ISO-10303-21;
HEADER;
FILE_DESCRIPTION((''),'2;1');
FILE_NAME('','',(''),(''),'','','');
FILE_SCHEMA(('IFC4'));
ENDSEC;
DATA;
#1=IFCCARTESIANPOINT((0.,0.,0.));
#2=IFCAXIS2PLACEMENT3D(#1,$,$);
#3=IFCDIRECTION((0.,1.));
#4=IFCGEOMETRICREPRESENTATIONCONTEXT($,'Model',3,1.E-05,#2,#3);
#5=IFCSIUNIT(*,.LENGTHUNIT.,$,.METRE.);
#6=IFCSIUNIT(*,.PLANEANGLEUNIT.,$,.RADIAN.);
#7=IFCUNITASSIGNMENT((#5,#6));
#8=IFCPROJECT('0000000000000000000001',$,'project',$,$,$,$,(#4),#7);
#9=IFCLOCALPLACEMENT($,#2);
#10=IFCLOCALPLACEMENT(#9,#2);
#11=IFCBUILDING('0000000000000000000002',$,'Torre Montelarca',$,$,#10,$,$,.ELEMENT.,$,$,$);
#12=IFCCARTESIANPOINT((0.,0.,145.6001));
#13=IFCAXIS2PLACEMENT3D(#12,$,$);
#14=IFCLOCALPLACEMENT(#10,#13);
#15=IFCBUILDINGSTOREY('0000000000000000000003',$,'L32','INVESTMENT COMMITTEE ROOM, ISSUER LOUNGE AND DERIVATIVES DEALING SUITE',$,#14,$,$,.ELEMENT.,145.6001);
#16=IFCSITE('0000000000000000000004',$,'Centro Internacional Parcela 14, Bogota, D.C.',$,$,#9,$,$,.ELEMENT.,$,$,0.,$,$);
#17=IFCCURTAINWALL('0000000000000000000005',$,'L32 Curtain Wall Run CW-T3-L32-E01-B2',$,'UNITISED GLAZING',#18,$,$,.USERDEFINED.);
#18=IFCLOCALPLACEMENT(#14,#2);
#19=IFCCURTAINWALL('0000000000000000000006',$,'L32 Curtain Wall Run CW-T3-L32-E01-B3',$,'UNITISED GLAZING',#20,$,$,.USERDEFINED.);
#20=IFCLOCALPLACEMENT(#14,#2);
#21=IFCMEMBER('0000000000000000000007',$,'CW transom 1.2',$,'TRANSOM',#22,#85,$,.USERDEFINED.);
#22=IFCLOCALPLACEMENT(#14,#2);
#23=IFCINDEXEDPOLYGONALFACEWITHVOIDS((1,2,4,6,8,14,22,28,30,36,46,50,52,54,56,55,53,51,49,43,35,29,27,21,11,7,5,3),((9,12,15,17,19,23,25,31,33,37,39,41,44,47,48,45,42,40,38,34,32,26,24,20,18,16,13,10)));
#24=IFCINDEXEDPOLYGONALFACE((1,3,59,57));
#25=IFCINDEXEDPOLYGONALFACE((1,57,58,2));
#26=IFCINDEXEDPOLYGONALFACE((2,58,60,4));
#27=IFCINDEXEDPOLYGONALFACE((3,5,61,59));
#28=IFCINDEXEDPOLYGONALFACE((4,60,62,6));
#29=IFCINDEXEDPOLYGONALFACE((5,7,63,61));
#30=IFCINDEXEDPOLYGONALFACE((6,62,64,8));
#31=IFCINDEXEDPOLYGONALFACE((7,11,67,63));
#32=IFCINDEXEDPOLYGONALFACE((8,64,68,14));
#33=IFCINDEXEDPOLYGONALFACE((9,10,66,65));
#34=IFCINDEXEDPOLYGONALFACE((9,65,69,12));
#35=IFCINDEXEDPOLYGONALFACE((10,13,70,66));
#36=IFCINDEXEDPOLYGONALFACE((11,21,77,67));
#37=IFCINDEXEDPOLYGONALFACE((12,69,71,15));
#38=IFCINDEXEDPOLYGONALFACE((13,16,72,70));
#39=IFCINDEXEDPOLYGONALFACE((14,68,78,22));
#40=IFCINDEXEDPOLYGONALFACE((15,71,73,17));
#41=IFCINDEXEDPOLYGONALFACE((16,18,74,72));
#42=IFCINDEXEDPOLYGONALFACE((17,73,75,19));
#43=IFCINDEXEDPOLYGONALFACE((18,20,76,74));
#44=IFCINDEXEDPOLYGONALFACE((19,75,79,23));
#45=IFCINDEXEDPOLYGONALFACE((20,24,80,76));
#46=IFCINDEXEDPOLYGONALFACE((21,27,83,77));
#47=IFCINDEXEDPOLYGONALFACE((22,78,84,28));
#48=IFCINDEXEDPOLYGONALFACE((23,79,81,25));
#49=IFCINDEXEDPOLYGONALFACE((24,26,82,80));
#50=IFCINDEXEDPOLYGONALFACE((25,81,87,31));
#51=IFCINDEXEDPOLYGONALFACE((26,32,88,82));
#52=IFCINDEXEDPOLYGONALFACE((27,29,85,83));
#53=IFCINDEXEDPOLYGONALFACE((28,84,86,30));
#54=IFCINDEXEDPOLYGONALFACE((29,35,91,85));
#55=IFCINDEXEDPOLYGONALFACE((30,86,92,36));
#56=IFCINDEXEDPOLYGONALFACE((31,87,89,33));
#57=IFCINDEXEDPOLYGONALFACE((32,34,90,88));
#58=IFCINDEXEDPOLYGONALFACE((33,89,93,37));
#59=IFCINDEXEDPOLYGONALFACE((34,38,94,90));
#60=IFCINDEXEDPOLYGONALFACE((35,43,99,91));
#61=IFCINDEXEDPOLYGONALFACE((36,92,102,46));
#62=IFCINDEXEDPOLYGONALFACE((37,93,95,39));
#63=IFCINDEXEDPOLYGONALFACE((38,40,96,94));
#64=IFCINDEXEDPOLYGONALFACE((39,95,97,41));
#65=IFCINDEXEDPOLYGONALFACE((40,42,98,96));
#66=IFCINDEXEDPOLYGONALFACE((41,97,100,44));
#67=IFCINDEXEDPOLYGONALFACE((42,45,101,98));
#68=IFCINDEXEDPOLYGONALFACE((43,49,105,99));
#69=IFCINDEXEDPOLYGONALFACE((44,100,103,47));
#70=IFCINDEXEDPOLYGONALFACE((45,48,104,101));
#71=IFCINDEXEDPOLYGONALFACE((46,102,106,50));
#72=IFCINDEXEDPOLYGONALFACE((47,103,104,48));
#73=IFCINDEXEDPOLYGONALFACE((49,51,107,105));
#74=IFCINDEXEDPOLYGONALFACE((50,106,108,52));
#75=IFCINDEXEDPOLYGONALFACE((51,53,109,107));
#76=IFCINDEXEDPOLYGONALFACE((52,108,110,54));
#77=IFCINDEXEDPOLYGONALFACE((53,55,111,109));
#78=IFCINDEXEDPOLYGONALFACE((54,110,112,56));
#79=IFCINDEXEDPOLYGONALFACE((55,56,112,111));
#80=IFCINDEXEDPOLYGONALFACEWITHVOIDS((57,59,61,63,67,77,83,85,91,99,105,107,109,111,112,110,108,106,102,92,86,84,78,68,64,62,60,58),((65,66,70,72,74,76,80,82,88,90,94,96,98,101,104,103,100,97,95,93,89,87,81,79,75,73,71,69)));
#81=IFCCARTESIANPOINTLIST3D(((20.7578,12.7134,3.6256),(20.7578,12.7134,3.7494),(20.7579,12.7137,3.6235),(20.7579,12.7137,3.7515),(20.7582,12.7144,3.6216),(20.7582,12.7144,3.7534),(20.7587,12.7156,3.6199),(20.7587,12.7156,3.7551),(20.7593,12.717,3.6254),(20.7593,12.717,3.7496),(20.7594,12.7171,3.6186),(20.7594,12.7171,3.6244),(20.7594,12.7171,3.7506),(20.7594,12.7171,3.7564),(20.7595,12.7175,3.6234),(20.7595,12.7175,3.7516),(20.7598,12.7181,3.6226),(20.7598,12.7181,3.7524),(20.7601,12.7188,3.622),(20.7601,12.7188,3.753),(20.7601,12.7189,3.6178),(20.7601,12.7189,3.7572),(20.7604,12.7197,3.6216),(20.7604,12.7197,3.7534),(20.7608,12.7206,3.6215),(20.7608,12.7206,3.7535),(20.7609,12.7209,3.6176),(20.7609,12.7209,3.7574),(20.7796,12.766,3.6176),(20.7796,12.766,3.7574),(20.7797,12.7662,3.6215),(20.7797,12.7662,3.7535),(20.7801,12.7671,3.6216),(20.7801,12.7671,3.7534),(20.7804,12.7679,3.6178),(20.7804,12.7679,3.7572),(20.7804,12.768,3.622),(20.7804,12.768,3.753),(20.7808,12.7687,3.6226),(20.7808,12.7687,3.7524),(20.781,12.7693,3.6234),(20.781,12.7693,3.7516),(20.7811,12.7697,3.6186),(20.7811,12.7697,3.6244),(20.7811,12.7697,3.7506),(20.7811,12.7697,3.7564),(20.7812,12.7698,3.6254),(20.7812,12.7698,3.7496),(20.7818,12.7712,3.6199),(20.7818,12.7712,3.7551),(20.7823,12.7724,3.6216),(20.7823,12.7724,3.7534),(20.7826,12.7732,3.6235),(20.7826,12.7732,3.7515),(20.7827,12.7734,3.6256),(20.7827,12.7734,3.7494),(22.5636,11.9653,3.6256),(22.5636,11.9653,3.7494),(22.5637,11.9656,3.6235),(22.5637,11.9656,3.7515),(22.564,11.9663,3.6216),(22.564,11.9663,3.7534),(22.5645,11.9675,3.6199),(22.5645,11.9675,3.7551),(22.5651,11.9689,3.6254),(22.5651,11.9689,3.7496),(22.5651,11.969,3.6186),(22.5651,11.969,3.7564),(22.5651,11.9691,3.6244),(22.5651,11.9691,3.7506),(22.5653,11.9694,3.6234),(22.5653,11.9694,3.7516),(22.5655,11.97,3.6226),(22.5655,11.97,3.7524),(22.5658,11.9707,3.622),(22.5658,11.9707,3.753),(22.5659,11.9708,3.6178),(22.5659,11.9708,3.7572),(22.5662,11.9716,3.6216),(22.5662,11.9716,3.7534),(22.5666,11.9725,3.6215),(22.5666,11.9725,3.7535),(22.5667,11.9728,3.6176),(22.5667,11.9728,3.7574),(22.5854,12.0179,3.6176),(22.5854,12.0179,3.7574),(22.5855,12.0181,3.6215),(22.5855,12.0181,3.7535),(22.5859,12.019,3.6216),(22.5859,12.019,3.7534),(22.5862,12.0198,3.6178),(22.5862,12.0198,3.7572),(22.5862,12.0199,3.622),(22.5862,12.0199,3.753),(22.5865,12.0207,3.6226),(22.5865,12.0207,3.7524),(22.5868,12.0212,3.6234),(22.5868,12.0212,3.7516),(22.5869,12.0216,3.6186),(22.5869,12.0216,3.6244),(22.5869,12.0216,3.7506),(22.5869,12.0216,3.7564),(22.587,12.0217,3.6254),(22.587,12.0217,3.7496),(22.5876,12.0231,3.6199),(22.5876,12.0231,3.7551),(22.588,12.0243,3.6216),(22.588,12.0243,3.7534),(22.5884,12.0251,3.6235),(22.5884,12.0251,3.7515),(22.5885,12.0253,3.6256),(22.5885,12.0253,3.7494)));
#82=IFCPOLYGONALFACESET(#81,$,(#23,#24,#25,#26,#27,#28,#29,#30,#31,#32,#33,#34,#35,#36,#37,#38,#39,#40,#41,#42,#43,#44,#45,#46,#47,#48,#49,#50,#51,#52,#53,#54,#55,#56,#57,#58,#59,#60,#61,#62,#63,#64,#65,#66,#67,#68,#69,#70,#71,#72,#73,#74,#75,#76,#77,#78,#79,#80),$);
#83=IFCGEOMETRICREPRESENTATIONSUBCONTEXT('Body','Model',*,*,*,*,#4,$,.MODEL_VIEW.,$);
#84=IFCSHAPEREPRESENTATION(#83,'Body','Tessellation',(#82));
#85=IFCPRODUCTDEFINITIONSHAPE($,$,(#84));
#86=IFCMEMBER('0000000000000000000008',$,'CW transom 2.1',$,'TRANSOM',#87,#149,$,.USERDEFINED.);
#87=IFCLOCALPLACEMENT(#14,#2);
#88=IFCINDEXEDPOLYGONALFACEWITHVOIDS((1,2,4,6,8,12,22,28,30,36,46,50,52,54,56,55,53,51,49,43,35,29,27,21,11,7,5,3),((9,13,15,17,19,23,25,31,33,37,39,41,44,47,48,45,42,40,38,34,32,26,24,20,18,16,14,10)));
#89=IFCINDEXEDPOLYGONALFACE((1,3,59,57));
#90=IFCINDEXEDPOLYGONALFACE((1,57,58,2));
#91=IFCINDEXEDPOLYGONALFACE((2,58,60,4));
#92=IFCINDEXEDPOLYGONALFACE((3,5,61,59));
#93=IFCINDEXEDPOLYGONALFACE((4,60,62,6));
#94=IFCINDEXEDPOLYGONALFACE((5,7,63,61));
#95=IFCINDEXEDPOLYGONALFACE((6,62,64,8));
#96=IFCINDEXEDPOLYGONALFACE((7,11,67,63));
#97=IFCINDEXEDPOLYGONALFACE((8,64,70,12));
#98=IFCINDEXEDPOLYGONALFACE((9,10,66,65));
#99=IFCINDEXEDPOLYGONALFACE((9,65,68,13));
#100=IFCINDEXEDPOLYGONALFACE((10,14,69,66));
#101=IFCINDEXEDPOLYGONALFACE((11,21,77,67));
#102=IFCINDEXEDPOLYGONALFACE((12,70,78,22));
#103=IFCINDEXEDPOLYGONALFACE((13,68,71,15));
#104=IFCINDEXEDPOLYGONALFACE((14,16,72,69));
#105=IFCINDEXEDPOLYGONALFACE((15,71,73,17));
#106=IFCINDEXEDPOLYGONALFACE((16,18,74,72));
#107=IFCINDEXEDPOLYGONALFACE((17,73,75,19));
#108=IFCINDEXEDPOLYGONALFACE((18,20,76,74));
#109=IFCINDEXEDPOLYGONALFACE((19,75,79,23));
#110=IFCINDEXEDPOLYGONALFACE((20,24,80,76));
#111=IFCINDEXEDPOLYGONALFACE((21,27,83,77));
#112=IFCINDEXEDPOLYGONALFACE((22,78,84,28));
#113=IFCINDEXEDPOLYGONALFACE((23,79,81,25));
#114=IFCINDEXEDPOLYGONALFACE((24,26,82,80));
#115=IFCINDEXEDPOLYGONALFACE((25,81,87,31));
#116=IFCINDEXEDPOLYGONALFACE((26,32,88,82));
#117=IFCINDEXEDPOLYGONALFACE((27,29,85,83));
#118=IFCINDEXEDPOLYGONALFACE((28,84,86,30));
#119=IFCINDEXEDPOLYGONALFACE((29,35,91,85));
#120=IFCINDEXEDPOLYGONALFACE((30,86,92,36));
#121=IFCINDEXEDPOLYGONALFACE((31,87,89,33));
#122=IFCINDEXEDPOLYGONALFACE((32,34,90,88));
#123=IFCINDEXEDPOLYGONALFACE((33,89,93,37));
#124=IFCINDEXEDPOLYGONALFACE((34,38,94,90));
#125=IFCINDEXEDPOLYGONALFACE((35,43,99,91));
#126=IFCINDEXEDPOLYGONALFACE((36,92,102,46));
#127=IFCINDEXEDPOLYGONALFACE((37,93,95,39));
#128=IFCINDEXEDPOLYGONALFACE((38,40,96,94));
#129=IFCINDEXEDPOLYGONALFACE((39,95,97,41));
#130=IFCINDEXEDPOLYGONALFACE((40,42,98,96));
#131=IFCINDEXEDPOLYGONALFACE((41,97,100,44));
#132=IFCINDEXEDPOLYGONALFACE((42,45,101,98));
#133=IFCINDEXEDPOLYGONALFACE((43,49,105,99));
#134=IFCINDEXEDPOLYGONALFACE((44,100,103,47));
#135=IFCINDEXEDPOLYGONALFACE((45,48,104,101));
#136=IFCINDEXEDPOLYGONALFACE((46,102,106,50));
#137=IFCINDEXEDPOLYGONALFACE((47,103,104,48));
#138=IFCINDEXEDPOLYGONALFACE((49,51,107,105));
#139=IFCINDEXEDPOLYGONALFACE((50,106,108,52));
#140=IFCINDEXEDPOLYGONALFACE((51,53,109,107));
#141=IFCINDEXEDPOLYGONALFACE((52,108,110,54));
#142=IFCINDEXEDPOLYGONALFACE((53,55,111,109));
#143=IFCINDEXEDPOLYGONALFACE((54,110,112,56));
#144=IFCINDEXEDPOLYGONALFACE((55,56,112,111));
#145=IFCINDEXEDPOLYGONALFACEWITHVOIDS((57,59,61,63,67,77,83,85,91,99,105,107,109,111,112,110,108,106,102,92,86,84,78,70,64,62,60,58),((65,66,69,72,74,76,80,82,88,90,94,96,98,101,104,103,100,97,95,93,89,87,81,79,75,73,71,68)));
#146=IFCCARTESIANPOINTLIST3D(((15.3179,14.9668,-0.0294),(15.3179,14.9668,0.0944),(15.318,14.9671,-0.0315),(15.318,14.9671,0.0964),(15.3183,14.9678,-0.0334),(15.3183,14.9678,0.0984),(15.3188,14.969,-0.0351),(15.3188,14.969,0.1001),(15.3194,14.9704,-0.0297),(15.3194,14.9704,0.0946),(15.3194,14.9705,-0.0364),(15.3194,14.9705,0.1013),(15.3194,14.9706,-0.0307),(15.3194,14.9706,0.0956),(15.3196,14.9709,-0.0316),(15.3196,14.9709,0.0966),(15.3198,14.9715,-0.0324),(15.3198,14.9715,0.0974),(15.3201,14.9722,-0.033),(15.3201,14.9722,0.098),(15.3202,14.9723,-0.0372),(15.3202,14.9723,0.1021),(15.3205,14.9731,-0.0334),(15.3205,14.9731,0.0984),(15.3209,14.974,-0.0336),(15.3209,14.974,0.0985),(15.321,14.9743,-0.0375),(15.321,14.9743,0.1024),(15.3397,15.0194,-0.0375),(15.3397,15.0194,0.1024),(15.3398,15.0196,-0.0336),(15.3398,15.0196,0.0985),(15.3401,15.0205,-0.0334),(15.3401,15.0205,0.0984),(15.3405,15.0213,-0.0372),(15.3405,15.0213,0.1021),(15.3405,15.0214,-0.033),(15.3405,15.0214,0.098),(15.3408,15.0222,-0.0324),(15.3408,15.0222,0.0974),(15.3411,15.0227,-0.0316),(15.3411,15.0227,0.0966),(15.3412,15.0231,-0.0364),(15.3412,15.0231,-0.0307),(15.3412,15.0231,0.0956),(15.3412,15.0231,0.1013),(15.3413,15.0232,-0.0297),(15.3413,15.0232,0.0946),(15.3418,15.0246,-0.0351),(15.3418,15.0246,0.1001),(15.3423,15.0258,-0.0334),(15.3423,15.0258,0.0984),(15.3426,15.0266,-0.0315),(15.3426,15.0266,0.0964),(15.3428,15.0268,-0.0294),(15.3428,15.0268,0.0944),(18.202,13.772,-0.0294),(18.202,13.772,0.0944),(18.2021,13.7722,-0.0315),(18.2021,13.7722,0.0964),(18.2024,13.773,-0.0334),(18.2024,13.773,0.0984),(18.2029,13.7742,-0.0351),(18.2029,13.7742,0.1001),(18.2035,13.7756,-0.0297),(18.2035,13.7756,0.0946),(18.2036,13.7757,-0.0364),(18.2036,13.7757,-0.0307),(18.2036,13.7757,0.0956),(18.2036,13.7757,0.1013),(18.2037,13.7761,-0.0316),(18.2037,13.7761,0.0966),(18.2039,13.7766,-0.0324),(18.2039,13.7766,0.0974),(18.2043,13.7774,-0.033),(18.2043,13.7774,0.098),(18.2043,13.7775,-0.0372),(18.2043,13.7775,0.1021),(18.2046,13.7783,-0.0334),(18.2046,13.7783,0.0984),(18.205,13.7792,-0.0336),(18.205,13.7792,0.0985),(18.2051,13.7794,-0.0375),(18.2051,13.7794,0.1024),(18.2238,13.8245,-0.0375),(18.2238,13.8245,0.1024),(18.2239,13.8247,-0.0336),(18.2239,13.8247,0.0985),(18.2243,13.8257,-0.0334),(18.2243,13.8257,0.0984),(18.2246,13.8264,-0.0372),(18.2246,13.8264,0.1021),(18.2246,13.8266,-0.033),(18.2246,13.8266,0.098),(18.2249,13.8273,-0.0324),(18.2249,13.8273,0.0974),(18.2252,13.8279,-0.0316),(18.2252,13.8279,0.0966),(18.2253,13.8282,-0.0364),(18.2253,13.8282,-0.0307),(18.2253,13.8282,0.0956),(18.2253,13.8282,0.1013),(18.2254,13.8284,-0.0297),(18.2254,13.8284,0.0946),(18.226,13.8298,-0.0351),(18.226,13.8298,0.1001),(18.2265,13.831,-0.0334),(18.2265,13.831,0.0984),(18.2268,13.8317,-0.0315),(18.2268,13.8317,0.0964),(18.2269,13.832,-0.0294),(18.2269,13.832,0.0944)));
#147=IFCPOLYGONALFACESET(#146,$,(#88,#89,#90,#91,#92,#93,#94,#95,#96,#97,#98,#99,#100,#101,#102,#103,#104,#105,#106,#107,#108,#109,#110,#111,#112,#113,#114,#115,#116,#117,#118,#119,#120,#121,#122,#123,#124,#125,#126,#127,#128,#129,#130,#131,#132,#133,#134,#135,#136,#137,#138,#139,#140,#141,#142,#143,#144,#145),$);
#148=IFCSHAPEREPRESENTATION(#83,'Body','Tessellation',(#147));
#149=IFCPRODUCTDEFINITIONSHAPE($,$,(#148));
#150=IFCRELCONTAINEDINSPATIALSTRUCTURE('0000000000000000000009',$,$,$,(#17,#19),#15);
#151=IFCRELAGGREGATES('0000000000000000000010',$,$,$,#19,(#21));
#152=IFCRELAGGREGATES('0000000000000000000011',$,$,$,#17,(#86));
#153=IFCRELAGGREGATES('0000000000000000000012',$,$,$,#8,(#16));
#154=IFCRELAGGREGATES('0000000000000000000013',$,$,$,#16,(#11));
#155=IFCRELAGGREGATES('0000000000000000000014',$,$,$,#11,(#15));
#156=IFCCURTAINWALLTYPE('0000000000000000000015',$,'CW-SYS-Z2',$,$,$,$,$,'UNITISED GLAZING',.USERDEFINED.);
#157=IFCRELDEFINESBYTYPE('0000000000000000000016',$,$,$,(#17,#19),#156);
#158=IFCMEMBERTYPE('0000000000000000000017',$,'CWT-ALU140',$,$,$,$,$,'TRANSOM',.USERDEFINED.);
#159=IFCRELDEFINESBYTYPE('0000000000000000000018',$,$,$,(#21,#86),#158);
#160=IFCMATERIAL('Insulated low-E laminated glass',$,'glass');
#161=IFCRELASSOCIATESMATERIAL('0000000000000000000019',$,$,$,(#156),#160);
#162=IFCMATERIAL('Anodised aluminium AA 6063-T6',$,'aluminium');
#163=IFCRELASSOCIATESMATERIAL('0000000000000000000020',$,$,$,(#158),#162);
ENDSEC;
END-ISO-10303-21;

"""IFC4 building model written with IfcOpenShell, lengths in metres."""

from ifc_helpers import new_model, si_unit, direction, frame, origin, origin_2d, place, context, subcontext, project, spatial, hollow_rectangle, extrude, source, transform, mapped, material, material_profile, profile_set, type_object, element, aggregate, save


model = new_model("IFC4")

# Units and contexts
model_context = context("Model", 3, precision=1e-05, world=origin(), true_north=direction((0.0, 1.0)))
body_context = subcontext(model_context, "Body", "Model", "MODEL_VIEW")
ifc_project = project(units=[si_unit("LENGTHUNIT", "METRE"), si_unit("PLANEANGLEUNIT", "RADIAN")], contexts=[model_context])

# Site, building, storey
site_placement = place(None, origin())
site = spatial("IfcSite", under=ifc_project, at=site_placement, Name="Centro Internacional Parcela 14, Bogota, D.C.", CompositionType="ELEMENT", RefElevation=0.0)
building_placement = place(site_placement, origin())
building = spatial("IfcBuilding", under=site, at=building_placement, Name="Torre Montelarca", CompositionType="ELEMENT")
storey_placement = place(building_placement, frame((0.0, 0.0, 145.6001)))
storey = spatial("IfcBuildingStorey", under=building, at=storey_placement, Name="L32", Description="INVESTMENT COMMITTEE ROOM, ISSUER LOUNGE AND DERIVATIVES DEALING SUITE", CompositionType="ELEMENT", Elevation=145.6001)

# Curtain walls, member
ifc_material_1 = material(Name="Insulated low-E laminated glass", Category="glass")
curtain_wall_type = type_object("IfcCurtainWallType", Name="CW-SYS-Z2", ElementType="UNITISED GLAZING", PredefinedType="USERDEFINED", material=ifc_material_1)
ifc_material_2 = material(Name="Anodised aluminium AA 6063-T6", Category="aluminium")
curtain_wall_1_placement = place(storey_placement, origin())
curtain_wall_1 = element("IfcCurtainWall", 1, at=curtain_wall_1_placement, inside=storey, type_object=curtain_wall_type, Name="L32 Curtain Wall Run CW-T3-L32-E01-B2", ObjectType="UNITISED GLAZING", PredefinedType="USERDEFINED")
curtain_wall_2_placement = place(storey_placement, origin())
curtain_wall_2 = element("IfcCurtainWall", 2, at=curtain_wall_2_placement, inside=storey, type_object=curtain_wall_type, Name="L32 Curtain Wall Run CW-T3-L32-E01-B3", ObjectType="UNITISED GLAZING", PredefinedType="USERDEFINED")
ifc_material_profile_1 = material_profile(ifc_material_2, hollow_rectangle(XDim=0.0649, YDim=0.1399, WallThickness=0.0039, InnerFilletRadius=0.0039, OuterFilletRadius=0.0081, at=origin_2d()), Name="ALU65X140X4", Category="aluminium")
ifc_profile_set_1 = profile_set([ifc_material_profile_1], Name="Anodised aluminium AA 6063-T6")
member_type_1 = type_object("IfcMemberType", Name="CWT-ALU140", ElementType="TRANSOM", PredefinedType="USERDEFINED", material=ifc_profile_set_1)
shared_shape_1 = source(origin(), body_context, "Body", "SweptSolid", [
    extrude(hollow_rectangle(XDim=0.0649, YDim=0.1399, WallThickness=0.0039, InnerFilletRadius=0.0039, OuterFilletRadius=0.0081, at=origin_2d()), origin(), (0.0, 0.0, 1.0), 1.9546),
])
member_1_placement = place(storey_placement, frame((20.7703, 12.7434, 3.6875), z_axis=(0.923858, -0.382734, 0.0), x_axis=(0.382734, 0.923858, 0.0)))
member_1 = element("IfcMember", 3, at=member_1_placement, type_object=member_type_1, Name="CW transom 1.2", ObjectType="TRANSOM", PredefinedType="USERDEFINED", context=body_context, shape_type="MappedRepresentation", body=[
    mapped(shared_shape_1, transform((0.0, 0.0, 0.0), scale=1.0)),
])
aggregate(curtain_wall_2, [member_1])

# Member
shared_shape_2 = source(origin(), body_context, "Body", "SweptSolid", [
    extrude(hollow_rectangle(XDim=0.0649, YDim=0.1399, WallThickness=0.0039, InnerFilletRadius=0.0039, OuterFilletRadius=0.0081, at=origin_2d()), origin(), (0.0, 0.0, 1.0), 3.1218),
])
member_2_placement = place(storey_placement, frame((15.3303, 14.9968, 0.0325), z_axis=(0.923855, -0.382743, 0.0), x_axis=(0.382743, 0.923855, 0.0)))
member_2 = element("IfcMember", 4, at=member_2_placement, type_object=member_type_1, Name="CW transom 2.1", ObjectType="TRANSOM", PredefinedType="USERDEFINED", context=body_context, shape_type="MappedRepresentation", body=[
    mapped(shared_shape_2, transform((0.0, 0.0, 0.0), scale=1.0)),
])

aggregate(curtain_wall_1, [member_2])

save(model, "model.ifc")
